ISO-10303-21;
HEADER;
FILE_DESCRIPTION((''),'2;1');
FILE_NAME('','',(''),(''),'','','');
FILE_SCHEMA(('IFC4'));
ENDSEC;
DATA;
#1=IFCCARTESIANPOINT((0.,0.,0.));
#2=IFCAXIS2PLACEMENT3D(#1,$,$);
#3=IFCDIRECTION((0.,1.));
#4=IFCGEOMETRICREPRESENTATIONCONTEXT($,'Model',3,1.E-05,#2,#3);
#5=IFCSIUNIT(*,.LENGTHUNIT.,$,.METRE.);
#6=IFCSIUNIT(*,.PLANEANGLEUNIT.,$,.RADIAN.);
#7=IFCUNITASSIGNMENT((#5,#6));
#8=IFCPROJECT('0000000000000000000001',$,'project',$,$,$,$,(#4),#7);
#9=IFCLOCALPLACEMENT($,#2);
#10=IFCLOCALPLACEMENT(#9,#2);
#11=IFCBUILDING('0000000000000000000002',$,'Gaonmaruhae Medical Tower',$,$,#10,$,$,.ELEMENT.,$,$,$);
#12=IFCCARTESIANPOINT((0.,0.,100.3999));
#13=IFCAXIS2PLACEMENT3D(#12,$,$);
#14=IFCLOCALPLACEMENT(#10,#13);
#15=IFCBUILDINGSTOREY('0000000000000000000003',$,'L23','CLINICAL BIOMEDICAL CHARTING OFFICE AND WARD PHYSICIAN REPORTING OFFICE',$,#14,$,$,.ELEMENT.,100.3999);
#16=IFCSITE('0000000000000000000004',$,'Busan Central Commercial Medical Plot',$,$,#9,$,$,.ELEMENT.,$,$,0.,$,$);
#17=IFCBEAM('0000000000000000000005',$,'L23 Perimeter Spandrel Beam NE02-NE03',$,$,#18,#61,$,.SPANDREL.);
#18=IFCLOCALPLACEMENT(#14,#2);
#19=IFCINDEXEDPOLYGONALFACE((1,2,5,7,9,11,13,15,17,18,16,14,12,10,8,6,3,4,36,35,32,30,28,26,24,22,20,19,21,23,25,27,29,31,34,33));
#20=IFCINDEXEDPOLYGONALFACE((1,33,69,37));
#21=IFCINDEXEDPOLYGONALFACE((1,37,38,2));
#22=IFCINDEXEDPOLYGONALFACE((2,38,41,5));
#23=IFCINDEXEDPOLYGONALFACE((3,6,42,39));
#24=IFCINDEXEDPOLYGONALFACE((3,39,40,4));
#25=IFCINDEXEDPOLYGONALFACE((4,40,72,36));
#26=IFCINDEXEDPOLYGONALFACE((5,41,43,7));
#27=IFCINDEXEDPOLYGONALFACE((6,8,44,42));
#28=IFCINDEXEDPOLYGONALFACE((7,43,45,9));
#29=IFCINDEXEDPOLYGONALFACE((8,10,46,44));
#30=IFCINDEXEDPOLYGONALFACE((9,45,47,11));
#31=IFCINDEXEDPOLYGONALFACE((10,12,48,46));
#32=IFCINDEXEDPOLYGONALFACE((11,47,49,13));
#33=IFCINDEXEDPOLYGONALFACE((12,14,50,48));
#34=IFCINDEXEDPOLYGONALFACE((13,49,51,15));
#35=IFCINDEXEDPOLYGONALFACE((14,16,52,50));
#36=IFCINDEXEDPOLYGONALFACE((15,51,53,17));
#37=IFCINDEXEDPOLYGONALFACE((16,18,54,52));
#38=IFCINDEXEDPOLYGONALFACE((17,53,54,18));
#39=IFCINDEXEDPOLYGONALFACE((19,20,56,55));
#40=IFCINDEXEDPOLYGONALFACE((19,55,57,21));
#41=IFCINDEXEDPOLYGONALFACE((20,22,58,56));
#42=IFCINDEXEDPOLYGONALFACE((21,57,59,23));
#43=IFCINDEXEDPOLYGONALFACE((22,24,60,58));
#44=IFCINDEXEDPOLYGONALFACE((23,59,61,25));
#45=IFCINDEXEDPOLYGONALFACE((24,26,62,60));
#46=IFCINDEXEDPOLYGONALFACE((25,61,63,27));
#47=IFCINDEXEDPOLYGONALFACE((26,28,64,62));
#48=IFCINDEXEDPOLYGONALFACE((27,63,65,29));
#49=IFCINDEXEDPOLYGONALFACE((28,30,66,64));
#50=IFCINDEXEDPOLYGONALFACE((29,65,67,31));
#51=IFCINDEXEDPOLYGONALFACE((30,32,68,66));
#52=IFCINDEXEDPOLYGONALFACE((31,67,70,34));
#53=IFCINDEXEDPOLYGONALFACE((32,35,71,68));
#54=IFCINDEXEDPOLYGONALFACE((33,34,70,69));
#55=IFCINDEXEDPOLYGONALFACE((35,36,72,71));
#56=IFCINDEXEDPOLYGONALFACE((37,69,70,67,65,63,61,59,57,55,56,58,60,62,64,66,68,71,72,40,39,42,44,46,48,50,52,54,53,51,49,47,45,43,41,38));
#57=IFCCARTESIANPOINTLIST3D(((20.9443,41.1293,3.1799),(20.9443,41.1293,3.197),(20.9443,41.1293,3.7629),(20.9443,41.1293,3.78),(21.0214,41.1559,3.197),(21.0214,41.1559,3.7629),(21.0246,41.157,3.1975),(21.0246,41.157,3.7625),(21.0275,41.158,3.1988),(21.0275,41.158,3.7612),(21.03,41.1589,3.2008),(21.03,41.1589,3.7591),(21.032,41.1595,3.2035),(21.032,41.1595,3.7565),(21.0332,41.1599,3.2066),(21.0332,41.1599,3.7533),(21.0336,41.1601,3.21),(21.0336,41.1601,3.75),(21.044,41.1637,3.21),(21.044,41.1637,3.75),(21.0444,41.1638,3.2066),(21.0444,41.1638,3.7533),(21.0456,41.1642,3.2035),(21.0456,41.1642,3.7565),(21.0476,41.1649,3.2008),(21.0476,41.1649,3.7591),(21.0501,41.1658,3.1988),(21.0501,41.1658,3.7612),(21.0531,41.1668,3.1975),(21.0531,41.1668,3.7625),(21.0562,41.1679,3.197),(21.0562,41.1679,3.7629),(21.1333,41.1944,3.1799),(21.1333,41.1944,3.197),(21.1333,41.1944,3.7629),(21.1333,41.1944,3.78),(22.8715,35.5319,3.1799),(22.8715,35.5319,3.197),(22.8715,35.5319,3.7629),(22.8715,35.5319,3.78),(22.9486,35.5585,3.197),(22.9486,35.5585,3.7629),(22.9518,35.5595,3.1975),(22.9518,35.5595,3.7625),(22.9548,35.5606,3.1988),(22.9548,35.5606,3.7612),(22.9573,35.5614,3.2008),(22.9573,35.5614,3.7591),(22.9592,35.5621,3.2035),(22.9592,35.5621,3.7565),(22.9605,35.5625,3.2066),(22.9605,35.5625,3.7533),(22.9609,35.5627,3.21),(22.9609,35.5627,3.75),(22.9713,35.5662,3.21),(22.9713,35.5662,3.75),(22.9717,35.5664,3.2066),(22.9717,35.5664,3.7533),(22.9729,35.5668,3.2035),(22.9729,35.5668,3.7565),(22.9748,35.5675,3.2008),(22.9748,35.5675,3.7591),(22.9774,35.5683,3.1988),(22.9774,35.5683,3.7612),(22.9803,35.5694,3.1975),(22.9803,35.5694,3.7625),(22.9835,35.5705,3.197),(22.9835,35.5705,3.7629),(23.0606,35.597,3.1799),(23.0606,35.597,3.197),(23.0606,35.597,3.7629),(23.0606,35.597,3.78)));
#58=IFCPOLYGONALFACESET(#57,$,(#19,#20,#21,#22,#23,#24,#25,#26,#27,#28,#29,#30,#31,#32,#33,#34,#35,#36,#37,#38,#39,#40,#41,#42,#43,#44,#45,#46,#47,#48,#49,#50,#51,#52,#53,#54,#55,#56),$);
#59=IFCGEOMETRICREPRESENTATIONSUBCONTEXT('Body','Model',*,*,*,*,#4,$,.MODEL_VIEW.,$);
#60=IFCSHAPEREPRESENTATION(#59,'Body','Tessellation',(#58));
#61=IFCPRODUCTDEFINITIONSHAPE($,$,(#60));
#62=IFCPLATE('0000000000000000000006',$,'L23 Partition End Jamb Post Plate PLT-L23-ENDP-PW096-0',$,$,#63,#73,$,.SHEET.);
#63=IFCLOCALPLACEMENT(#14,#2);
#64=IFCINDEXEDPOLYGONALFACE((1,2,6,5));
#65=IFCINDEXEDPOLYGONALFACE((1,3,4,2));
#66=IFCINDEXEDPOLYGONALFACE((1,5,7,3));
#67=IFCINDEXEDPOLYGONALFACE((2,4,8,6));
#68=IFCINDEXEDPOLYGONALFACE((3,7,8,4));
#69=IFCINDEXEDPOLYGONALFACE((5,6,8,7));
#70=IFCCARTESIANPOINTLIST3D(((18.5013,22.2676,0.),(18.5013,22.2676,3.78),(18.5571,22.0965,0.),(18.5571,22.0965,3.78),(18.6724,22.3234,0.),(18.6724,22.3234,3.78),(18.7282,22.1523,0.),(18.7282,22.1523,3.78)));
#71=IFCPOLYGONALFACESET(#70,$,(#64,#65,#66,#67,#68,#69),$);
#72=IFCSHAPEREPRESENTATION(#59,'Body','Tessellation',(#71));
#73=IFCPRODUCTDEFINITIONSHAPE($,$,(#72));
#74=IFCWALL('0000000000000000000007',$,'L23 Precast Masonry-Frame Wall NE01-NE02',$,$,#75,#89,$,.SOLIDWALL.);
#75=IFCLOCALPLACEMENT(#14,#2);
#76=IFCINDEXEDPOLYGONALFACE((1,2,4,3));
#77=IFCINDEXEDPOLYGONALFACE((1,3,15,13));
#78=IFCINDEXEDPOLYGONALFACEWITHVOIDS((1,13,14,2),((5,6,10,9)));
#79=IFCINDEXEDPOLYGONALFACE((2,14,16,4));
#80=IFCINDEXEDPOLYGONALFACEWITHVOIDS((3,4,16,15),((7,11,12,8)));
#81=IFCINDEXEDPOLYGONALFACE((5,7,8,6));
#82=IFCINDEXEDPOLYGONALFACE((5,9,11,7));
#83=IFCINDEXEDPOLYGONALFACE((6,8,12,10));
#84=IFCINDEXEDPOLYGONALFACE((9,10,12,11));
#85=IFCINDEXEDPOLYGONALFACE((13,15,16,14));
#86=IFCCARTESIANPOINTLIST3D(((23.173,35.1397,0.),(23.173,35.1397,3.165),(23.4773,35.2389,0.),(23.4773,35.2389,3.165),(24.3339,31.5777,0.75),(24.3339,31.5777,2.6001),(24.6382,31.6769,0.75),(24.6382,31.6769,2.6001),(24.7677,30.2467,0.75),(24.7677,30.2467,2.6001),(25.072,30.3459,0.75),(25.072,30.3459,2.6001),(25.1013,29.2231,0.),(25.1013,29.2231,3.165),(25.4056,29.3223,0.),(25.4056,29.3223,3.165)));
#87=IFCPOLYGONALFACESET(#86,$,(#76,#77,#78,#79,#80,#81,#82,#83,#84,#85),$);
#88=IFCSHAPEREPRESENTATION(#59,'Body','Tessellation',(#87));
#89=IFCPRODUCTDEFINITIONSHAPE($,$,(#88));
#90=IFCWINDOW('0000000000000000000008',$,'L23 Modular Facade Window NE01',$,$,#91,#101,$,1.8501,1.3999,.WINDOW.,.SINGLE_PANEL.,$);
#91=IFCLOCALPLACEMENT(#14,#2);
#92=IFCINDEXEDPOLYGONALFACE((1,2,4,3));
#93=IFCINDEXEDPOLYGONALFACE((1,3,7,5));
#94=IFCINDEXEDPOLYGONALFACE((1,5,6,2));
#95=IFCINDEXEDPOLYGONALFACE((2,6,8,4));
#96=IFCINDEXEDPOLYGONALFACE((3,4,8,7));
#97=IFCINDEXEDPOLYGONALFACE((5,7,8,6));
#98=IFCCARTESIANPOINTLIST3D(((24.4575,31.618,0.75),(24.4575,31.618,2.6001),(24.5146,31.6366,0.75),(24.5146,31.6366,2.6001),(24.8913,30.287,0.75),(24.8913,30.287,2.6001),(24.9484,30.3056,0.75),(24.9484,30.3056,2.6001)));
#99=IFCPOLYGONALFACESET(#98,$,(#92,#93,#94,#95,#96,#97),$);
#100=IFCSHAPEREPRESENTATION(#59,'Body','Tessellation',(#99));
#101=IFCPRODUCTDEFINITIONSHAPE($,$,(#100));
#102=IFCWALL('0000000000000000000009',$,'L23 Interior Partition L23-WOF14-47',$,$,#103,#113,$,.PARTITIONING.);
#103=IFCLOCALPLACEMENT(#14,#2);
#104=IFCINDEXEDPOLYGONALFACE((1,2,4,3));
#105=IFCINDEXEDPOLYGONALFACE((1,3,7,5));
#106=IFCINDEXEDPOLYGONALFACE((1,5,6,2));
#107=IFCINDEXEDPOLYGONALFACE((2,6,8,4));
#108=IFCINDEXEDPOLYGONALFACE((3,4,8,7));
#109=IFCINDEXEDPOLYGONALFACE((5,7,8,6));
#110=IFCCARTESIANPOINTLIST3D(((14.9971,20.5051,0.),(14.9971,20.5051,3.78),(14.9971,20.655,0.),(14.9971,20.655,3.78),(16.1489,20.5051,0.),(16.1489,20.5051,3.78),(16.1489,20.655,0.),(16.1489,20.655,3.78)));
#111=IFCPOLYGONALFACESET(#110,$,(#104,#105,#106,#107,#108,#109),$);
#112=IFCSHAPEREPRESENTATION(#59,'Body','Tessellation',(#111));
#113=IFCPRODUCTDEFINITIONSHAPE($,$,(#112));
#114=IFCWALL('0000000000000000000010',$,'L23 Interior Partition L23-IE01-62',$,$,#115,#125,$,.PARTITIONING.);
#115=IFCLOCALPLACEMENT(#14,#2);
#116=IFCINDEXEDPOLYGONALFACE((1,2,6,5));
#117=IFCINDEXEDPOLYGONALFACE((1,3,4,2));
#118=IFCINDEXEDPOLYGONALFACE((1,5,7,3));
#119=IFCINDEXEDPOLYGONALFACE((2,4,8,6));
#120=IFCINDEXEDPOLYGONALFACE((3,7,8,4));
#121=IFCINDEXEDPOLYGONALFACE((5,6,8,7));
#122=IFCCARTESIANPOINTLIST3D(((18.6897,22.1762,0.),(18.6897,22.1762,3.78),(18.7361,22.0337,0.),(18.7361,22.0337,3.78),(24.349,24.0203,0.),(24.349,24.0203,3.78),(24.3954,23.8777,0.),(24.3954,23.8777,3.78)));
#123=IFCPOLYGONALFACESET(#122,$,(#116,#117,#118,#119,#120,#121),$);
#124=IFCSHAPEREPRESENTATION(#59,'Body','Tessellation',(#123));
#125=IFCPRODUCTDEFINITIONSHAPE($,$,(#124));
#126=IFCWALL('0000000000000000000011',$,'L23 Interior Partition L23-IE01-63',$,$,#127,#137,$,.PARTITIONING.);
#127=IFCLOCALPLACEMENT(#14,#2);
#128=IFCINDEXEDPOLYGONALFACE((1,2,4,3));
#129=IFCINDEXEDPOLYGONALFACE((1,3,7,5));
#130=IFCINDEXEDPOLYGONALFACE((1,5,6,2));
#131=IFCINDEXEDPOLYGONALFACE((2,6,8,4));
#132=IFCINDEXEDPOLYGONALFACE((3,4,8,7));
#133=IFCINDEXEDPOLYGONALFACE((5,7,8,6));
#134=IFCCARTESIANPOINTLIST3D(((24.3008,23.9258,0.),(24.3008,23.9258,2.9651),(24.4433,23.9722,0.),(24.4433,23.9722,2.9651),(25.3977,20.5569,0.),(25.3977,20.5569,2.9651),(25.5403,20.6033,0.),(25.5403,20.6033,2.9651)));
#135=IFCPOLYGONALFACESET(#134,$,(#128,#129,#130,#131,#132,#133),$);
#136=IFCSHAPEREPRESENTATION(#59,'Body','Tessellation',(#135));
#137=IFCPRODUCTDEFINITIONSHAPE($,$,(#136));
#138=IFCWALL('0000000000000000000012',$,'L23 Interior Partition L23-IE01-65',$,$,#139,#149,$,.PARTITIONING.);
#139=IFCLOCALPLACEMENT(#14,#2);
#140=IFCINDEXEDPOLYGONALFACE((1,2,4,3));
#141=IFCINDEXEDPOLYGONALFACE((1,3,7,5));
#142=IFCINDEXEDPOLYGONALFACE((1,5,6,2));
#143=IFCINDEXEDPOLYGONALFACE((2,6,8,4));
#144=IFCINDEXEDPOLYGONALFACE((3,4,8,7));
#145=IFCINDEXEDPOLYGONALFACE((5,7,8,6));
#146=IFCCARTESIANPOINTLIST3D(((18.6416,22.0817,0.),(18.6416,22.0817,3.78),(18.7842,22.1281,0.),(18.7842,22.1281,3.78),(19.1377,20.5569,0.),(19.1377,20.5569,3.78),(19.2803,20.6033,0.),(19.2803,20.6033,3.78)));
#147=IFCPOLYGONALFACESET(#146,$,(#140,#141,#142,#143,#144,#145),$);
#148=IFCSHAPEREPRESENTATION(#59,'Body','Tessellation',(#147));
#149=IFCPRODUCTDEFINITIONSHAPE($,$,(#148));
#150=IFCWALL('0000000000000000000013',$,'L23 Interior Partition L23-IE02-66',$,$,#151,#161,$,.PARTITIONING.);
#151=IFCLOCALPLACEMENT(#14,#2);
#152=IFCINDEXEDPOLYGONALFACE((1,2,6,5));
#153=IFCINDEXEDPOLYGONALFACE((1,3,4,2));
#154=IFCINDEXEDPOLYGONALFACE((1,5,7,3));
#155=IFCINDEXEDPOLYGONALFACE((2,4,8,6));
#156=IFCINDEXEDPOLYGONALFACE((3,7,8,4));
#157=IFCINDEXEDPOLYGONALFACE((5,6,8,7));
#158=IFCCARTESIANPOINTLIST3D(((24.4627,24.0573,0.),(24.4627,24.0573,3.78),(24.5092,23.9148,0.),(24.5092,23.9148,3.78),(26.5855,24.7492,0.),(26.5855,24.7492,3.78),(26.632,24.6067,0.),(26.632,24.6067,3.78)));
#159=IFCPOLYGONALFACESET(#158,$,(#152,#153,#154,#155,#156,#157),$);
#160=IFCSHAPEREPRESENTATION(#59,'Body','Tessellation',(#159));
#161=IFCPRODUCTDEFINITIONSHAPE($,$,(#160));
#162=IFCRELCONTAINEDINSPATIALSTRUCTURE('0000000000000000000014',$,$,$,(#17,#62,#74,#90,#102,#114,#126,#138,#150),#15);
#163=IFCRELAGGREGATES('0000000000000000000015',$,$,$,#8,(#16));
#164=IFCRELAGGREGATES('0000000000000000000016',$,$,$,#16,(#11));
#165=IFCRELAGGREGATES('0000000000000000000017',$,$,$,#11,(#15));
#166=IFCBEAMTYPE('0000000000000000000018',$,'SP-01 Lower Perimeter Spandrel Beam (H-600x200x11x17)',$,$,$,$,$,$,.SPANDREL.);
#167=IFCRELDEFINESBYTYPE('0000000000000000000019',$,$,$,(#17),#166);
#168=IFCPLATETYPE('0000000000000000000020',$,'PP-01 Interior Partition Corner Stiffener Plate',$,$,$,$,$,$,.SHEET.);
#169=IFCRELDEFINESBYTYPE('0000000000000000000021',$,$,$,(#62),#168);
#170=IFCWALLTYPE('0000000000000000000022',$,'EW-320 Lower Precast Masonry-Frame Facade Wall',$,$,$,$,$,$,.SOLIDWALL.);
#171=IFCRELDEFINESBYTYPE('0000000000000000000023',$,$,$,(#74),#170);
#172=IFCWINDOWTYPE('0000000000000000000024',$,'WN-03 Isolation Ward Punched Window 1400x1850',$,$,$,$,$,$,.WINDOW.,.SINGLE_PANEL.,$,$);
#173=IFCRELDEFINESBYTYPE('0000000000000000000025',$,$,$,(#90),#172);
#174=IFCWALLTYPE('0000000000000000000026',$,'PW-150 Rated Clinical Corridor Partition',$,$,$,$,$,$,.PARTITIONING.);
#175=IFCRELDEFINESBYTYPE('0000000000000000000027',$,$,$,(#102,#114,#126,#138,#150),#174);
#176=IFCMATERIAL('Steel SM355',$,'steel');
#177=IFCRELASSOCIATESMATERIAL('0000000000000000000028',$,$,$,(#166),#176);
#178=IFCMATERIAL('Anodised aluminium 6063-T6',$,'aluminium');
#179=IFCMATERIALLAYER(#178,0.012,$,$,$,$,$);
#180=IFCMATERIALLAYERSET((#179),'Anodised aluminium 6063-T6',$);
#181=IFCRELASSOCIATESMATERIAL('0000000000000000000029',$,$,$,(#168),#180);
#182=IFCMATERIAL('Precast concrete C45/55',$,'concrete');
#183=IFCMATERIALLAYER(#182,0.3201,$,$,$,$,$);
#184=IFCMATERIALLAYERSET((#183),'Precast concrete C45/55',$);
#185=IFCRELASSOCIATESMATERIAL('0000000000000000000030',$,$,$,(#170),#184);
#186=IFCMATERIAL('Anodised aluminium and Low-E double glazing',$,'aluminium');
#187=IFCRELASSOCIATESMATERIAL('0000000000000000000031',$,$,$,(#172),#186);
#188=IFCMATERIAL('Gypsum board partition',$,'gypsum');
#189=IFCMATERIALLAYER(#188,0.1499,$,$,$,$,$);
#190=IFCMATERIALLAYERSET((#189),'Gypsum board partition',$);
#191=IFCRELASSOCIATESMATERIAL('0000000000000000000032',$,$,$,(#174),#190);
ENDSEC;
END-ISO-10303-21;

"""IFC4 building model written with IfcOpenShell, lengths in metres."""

from ifc_helpers import new_model, si_unit, direction, frame, frame_2d, origin, origin_2d, place, context, subcontext, project, spatial, rectangle, i_section, extrude, material, layer, layer_set, material_profile, profile_set, type_object, element, fill, save


model = new_model("IFC4")

# Units and contexts
model_context = context("Model", 3, precision=1e-05, world=origin(), true_north=direction((0.0, 1.0)))
body_context = subcontext(model_context, "Body", "Model", "MODEL_VIEW")
ifc_project = project(units=[si_unit("LENGTHUNIT", "METRE"), si_unit("PLANEANGLEUNIT", "RADIAN")], contexts=[model_context])

# Site, building, storey
site_placement = place(None, origin())
site = spatial("IfcSite", under=ifc_project, at=site_placement, Name="Busan Central Commercial Medical Plot", CompositionType="ELEMENT", RefElevation=0.0)
building_placement = place(site_placement, origin())
building = spatial("IfcBuilding", under=site, at=building_placement, Name="Gaonmaruhae Medical Tower", CompositionType="ELEMENT")
storey_placement = place(building_placement, frame((0.0, 0.0, 100.3999)))
storey = spatial("IfcBuildingStorey", under=building, at=storey_placement, Name="L23", Description="CLINICAL BIOMEDICAL CHARTING OFFICE AND WARD PHYSICIAN REPORTING OFFICE", CompositionType="ELEMENT", Elevation=100.3999)

# Beam
ifc_material_1 = material(Name="Steel SM355", Category="steel")
ifc_material_profile_1 = material_profile(ifc_material_1, i_section(OverallWidth=0.2, OverallDepth=0.6001, WebThickness=0.011, FlangeThickness=0.0171, FilletRadius=0.0129, at=origin_2d()), Name="H-600x200x11x17")
ifc_profile_set_1 = profile_set([ifc_material_profile_1], Name="Steel SM355")
beam_type_1 = type_object("IfcBeamType", Name="SP-01 Lower Perimeter Spandrel Beam (H-600x200x11x17)", PredefinedType="SPANDREL", material=ifc_profile_set_1)
beam_1_placement = place(storey_placement, frame((22.9661, 35.5645, 3.48), z_axis=(-0.325553, 0.945524, 0.0), x_axis=(-0.945524, -0.325553, 0.0)))
element("IfcBeam", 1, at=beam_1_placement, inside=storey, type_object=beam_type_1, Name="L23 Perimeter Spandrel Beam NE02-NE03", PredefinedType="SPANDREL", context=body_context, shape_type="SweptSolid", body=[
    extrude(i_section(OverallWidth=0.2, OverallDepth=0.6001, WebThickness=0.011, FlangeThickness=0.0171, FilletRadius=0.0129, at=origin_2d()), origin(), (0.0, 0.0, 1.0), 5.9199),
])

# Plate
ifc_material_2 = material(Name="Anodised aluminium 6063-T6", Category="aluminium")
ifc_layer_1 = layer(ifc_material_2, 0.012)
ifc_layer_set_1 = layer_set([ifc_layer_1], Name="Anodised aluminium 6063-T6")
plate_type = type_object("IfcPlateType", Name="PP-01 Interior Partition Corner Stiffener Plate", PredefinedType="SHEET", material=ifc_layer_set_1)
plate_placement = place(storey_placement, frame((18.6147, 22.21, 0.0), z_axis=(0.0, 0.0, 1.0), x_axis=(-0.309847, 0.950786, 0.0)))
element("IfcPlate", 2, at=plate_placement, inside=storey, type_object=plate_type, Name="L23 Partition End Jamb Post Plate PLT-L23-ENDP-PW096-0", PredefinedType="SHEET", context=body_context, shape_type="SweptSolid", body=[
    extrude(rectangle(XDim=0.1799, YDim=0.1799, at=origin_2d()), origin(), (0.0, 0.0, 1.0), 3.78),
])

# Wall, opening, window
ifc_material_3 = material(Name="Precast concrete C45/55", Category="concrete")
ifc_layer_2 = layer(ifc_material_3, 0.3201)
ifc_layer_set_2 = layer_set([ifc_layer_2], Name="Precast concrete C45/55")
wall_type_1 = type_object("IfcWallType", Name="EW-320 Lower Precast Masonry-Frame Facade Wall", PredefinedType="SOLIDWALL", material=ifc_layer_set_2)
wall_1_placement = place(storey_placement, frame((23.3252, 35.1892, 0.0), z_axis=(0.0, 0.0, 1.0), x_axis=(0.309865, -0.950781, 0.0)))
wall_1 = element("IfcWall", 3, at=wall_1_placement, inside=storey, type_object=wall_type_1, Name="L23 Precast Masonry-Frame Wall NE01-NE02", PredefinedType="SOLIDWALL", context=body_context, shape_type="SweptSolid", body=[
    extrude(rectangle(XDim=6.2229, YDim=0.3201, at=frame_2d((3.1113, 0.0))), origin(), (0.0, 0.0, 1.0), 3.165),
])
opening_1_placement = place(wall_1_placement, frame((3.7463, 0.0, 0.75)))
opening_1 = element("IfcOpeningElement", 4, at=opening_1_placement, cuts=wall_1, PredefinedType="OPENING", context=body_context, shape_type="SweptSolid", body=[
    extrude(rectangle(XDim=1.3999, YDim=1.8501, at=frame_2d((0.7, 0.925))), frame((0.0, 0.1699, 0.0), z_axis=(0.0, -1.0, 0.0), x_axis=(1.0, 0.0, 0.0)), (0.0, 0.0, 1.0), 0.3401),
])
ifc_material_4 = material(Name="Anodised aluminium and Low-E double glazing", Category="aluminium")
window_type = type_object("IfcWindowType", Name="WN-03 Isolation Ward Punched Window 1400x1850", PartitioningType="SINGLE_PANEL", PredefinedType="WINDOW", material=ifc_material_4)
window_placement = place(opening_1_placement, origin())
window = element("IfcWindow", 5, at=window_placement, inside=storey, type_object=window_type, Name="L23 Modular Facade Window NE01", OverallHeight=1.8501, OverallWidth=1.3999, PartitioningType="SINGLE_PANEL", PredefinedType="WINDOW", context=body_context, shape_type="SweptSolid", body=[
    extrude(rectangle(XDim=1.3999, YDim=1.8501, at=frame_2d((0.7, 0.925))), frame((0.0, 0.03, 0.0), z_axis=(0.0, -1.0, 0.0), x_axis=(1.0, 0.0, 0.0)), (0.0, 0.0, 1.0), 0.0601),
])
fill(opening_1, window)

# Shared definitions
ifc_material_5 = material(Name="Gypsum board partition", Category="gypsum")
ifc_layer_3 = layer(ifc_material_5, 0.1499)
ifc_layer_set_3 = layer_set([ifc_layer_3], Name="Gypsum board partition")
wall_type_2 = type_object("IfcWallType", Name="PW-150 Rated Clinical Corridor Partition", PredefinedType="PARTITIONING", material=ifc_layer_set_3)

# Wall
wall_2_placement = place(storey_placement, frame((16.1489, 20.5801, 0.0), z_axis=(0.0, 0.0, 1.0), x_axis=(-1.0, 0.0, 0.0)))
element("IfcWall", 6, at=wall_2_placement, inside=storey, type_object=wall_type_2, Name="L23 Interior Partition L23-WOF14-47", PredefinedType="PARTITIONING", context=body_context, shape_type="SweptSolid", body=[
    extrude(rectangle(XDim=1.1519, YDim=0.1499, at=frame_2d((0.5759, 0.0))), origin(), (0.0, 0.0, 1.0), 3.78),
])

# Walls
wall_3_placement = place(storey_placement, frame((18.7129, 22.105, 0.0), z_axis=(0.0, 0.0, 1.0), x_axis=(0.950799, 0.309809, 0.0)))
element("IfcWall", 7, at=wall_3_placement, inside=storey, type_object=wall_type_2, Name="L23 Interior Partition L23-IE01-62", PredefinedType="PARTITIONING", context=body_context, shape_type="SweptSolid", body=[
    extrude(rectangle(XDim=5.9521, YDim=0.1499, at=frame_2d((2.9761, 0.0))), origin(), (0.0, 0.0, 1.0), 3.78),
])
wall_4_placement = place(storey_placement, frame((24.3721, 23.949, 0.0), z_axis=(0.0, 0.0, 1.0), x_axis=(0.309605, -0.950865, 0.0)))
element("IfcWall", 8, at=wall_4_placement, inside=storey, type_object=wall_type_2, Name="L23 Interior Partition L23-IE01-63", PredefinedType="PARTITIONING", context=body_context, shape_type="SweptSolid", body=[
    extrude(rectangle(XDim=3.543, YDim=0.1499, at=frame_2d((1.7715, 0.0))), origin(), (0.0, 0.0, 1.0), 2.9651),
])
wall_5_placement = place(storey_placement, frame((19.209, 20.5801, 0.0), z_axis=(0.0, 0.0, 1.0), x_axis=(-0.309368, 0.950942, 0.0)))
element("IfcWall", 9, at=wall_5_placement, inside=storey, type_object=wall_type_2, Name="L23 Interior Partition L23-IE01-65", PredefinedType="PARTITIONING", context=body_context, shape_type="SweptSolid", body=[
    extrude(rectangle(XDim=1.6035, YDim=0.1499, at=frame_2d((0.8018, 0.0))), origin(), (0.0, 0.0, 1.0), 3.78),
])
wall_6_placement = place(storey_placement, frame((24.4861, 23.9861, 0.0), z_axis=(0.0, 0.0, 1.0), x_axis=(0.950773, 0.30989, 0.0)))
element("IfcWall", 10, at=wall_6_placement, inside=storey, type_object=wall_type_2, Name="L23 Interior Partition L23-IE02-66", PredefinedType="PARTITIONING", context=body_context, shape_type="SweptSolid", body=[
    extrude(rectangle(XDim=2.2327, YDim=0.1499, at=frame_2d((1.1162, 0.0))), origin(), (0.0, 0.0, 1.0), 3.78),
])

save(model, "model.ifc")
